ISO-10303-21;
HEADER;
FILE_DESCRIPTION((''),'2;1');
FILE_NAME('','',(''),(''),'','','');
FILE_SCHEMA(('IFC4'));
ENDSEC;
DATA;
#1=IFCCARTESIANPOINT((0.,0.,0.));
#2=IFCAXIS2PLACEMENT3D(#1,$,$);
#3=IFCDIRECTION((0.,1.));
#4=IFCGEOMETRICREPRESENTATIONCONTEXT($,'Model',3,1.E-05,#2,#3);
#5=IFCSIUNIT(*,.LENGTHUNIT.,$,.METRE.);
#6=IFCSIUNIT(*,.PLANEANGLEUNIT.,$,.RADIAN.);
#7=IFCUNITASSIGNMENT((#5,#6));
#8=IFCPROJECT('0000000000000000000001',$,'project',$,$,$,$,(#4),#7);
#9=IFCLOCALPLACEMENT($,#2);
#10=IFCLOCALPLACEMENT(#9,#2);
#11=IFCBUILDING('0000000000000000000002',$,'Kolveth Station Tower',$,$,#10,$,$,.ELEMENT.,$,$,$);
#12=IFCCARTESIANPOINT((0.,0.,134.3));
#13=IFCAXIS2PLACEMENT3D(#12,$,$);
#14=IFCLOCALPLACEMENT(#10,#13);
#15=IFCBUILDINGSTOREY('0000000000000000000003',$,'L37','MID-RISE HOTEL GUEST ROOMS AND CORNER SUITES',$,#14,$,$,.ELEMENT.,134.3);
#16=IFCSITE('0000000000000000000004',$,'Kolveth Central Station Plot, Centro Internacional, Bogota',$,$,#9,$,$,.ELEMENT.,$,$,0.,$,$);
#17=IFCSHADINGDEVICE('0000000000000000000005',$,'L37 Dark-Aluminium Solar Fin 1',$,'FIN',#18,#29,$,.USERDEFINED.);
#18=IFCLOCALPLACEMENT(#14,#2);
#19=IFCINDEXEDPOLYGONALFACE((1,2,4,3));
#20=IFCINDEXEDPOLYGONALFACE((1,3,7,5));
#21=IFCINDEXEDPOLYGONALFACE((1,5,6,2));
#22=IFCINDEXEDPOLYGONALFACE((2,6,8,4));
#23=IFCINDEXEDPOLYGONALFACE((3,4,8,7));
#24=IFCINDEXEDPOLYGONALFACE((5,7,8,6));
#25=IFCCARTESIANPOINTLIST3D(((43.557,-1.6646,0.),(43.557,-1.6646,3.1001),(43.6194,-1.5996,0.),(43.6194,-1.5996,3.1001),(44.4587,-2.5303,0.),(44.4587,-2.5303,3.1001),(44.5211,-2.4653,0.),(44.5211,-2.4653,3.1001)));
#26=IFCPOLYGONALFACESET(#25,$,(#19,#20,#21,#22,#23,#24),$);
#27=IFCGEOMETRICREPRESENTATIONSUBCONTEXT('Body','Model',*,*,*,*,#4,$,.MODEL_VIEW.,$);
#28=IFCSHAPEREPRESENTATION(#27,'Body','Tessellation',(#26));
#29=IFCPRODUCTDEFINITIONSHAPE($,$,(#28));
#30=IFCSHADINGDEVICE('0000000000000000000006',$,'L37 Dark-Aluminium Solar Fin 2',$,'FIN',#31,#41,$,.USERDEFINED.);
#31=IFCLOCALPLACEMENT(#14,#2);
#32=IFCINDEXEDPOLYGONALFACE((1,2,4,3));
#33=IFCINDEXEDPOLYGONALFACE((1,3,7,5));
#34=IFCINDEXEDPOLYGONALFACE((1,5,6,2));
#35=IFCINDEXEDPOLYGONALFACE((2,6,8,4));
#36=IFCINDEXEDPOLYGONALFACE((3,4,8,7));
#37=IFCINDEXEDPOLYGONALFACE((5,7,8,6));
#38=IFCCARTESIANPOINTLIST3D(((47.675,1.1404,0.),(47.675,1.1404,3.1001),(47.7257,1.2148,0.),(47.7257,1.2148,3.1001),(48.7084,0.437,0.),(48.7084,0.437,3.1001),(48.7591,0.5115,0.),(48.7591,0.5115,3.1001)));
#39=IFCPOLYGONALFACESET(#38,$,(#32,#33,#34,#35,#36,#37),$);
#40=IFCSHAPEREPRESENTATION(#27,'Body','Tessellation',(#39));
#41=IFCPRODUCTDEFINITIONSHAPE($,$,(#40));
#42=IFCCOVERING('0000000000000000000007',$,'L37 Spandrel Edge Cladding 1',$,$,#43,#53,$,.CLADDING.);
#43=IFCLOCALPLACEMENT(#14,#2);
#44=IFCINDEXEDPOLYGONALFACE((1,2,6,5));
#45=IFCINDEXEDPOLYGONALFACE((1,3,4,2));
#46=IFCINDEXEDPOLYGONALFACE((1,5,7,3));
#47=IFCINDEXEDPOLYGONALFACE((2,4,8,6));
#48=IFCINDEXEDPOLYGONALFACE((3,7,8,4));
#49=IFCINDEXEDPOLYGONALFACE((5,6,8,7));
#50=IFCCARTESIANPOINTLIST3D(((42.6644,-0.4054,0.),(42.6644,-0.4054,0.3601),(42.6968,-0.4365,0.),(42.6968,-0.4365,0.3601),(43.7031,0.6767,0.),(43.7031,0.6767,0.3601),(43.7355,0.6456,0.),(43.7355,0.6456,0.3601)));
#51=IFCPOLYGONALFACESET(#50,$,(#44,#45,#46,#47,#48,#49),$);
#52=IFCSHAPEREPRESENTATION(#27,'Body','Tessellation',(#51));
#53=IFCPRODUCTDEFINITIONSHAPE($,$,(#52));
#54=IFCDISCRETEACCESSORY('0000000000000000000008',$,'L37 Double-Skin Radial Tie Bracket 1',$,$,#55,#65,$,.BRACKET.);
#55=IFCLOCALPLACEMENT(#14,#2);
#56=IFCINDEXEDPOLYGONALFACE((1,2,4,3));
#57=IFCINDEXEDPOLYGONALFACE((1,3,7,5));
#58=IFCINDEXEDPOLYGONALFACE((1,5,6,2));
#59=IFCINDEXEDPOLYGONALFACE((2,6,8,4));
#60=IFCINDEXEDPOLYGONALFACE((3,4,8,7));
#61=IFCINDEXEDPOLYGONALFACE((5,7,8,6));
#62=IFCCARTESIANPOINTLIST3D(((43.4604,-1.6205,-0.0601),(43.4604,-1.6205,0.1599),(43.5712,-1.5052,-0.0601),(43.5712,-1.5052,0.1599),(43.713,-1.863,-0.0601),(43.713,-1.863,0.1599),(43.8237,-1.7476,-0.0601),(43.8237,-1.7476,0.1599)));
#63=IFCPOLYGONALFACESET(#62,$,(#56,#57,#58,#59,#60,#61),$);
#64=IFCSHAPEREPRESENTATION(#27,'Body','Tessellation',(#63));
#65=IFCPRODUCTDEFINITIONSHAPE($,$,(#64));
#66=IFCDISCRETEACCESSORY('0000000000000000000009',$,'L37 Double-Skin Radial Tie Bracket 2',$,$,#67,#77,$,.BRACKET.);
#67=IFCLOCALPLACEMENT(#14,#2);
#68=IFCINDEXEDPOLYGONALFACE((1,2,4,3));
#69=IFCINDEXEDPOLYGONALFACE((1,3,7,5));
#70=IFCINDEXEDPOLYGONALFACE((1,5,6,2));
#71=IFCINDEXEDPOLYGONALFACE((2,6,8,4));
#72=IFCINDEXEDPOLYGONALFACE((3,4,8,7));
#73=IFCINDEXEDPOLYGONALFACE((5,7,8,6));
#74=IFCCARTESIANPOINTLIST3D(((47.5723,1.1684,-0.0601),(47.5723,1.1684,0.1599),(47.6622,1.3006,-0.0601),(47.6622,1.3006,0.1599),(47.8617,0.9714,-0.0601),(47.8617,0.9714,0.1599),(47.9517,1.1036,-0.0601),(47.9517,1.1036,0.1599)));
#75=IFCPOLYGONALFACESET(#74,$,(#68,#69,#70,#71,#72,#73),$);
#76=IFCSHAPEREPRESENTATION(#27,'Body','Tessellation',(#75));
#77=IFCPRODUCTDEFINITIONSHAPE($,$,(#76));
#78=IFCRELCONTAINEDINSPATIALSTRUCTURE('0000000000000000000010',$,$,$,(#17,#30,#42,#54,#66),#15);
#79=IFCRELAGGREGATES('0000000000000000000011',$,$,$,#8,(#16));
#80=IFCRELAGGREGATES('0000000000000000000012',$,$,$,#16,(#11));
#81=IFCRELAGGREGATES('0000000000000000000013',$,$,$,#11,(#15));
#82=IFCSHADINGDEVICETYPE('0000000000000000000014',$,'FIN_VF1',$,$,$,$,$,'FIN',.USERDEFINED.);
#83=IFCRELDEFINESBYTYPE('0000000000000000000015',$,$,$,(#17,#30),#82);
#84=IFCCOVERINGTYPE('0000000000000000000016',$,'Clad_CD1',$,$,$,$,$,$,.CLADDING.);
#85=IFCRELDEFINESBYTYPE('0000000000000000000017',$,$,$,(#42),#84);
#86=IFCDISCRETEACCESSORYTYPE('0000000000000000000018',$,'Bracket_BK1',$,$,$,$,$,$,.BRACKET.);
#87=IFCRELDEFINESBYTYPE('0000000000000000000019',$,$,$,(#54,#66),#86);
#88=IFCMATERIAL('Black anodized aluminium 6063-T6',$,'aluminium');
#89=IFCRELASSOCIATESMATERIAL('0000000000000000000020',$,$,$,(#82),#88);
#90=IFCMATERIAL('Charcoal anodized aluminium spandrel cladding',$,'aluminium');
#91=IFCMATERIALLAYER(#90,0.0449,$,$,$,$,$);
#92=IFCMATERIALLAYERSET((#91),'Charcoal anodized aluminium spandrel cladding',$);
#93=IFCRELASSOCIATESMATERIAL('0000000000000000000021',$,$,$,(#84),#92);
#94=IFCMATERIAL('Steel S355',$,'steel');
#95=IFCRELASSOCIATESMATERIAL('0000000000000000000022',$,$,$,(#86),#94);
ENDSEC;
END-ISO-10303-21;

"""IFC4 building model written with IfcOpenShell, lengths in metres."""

from ifc_helpers import new_model, si_unit, direction, frame, origin, origin_2d, place, context, subcontext, project, spatial, rectangle, extrude, source, transform, mapped, material, layer, layer_set, type_object, element, save


model = new_model("IFC4")

# Units and contexts
model_context = context("Model", 3, precision=1e-05, world=origin(), true_north=direction((0.0, 1.0)))
body_context = subcontext(model_context, "Body", "Model", "MODEL_VIEW")
ifc_project = project(units=[si_unit("LENGTHUNIT", "METRE"), si_unit("PLANEANGLEUNIT", "RADIAN")], contexts=[model_context])

# Site, building, storey
site_placement = place(None, origin())
site = spatial("IfcSite", under=ifc_project, at=site_placement, Name="Kolveth Central Station Plot, Centro Internacional, Bogota", CompositionType="ELEMENT", RefElevation=0.0)
building_placement = place(site_placement, origin())
building = spatial("IfcBuilding", under=site, at=building_placement, Name="Kolveth Station Tower", CompositionType="ELEMENT")
storey_placement = place(building_placement, frame((0.0, 0.0, 134.3)))
storey = spatial("IfcBuildingStorey", under=building, at=storey_placement, Name="L37", Description="MID-RISE HOTEL GUEST ROOMS AND CORNER SUITES", CompositionType="ELEMENT", Elevation=134.3)

# Shared definitions
ifc_material_1 = material(Name="Steel S355", Category="steel")

# Shared definitions
ifc_material_2 = material(Name="Black anodized aluminium 6063-T6", Category="aluminium")

# Shading devices
shading_device_type = type_object("IfcShadingDeviceType", Name="FIN_VF1", ElementType="FIN", PredefinedType="USERDEFINED", material=ifc_material_2)
shared_shape_1 = source(origin(), body_context, "Body", "SweptSolid", [
    extrude(rectangle(XDim=1.25, YDim=0.0901, at=origin_2d()), origin(), (0.0, 0.0, 1.0), 3.1001),
])
for number, where, z_axis, x_axis, name in (
    (1, (44.0391, -2.0649, 0.0), (0.0, 0.0, 1.0), (0.721398, -0.692521, 0.0), "L37 Dark-Aluminium Solar Fin 1"),
    (2, (48.217, 0.8259, 0.0), (0.0, 0.0, 1.0), (0.826688, -0.562661, 0.0), "L37 Dark-Aluminium Solar Fin 2"),
):
    element("IfcShadingDevice", number, at=place(storey_placement, frame(where, z_axis=z_axis, x_axis=x_axis)), inside=storey, type_object=shading_device_type, Name=name, ObjectType="FIN", PredefinedType="USERDEFINED", context=body_context, shape_type="MappedRepresentation", body=[
        mapped(shared_shape_1, transform((0.0, 0.0, 0.0), x_axis=(1.0, 0.0, 0.0), y_axis=(0.0, 1.0, 0.0), z_axis=(0.0, 0.0, 1.0), scale=1.0)),
    ])

# Covering
ifc_material_3 = material(Name="Charcoal anodized aluminium spandrel cladding", Category="aluminium")
ifc_layer_1 = layer(ifc_material_3, 0.0449)
ifc_layer_set_1 = layer_set([ifc_layer_1], Name="Charcoal anodized aluminium spandrel cladding")
covering_type = type_object("IfcCoveringType", Name="Clad_CD1", PredefinedType="CLADDING", material=ifc_layer_set_1)
shared_shape_2 = source(origin(), body_context, "Body", "SweptSolid", [
    extrude(rectangle(XDim=1.5, YDim=0.0449, at=origin_2d()), origin(), (0.0, 0.0, 1.0), 0.3601),
])
covering_placement = place(storey_placement, frame((43.2, 0.1201, 0.0), z_axis=(0.0, 0.0, 1.0), x_axis=(0.692521, 0.721398, 0.0)))
element("IfcCovering", 3, at=covering_placement, inside=storey, type_object=covering_type, Name="L37 Spandrel Edge Cladding 1", PredefinedType="CLADDING", context=body_context, shape_type="MappedRepresentation", body=[
    mapped(shared_shape_2, transform((0.0, 0.0, 0.0), x_axis=(1.0, 0.0, 0.0), y_axis=(0.0, 1.0, 0.0), z_axis=(0.0, 0.0, 1.0), scale=1.0)),
])

# Discrete accessories
discrete_accessory_type = type_object("IfcDiscreteAccessoryType", Name="Bracket_BK1", PredefinedType="BRACKET", material=ifc_material_1)
shared_shape_3 = source(origin(), body_context, "Body", "SweptSolid", [
    extrude(rectangle(XDim=0.3501, YDim=0.1599, at=origin_2d()), origin(), (0.0, 0.0, 1.0), 0.22),
])
for number, where, z_axis, x_axis, name in (
    (4, (43.6421, -1.6841, -0.0601), (0.0, 0.0, 1.0), (0.721398, -0.692521, 0.0), "L37 Double-Skin Radial Tie Bracket 1"),
    (5, (47.762, 1.136, -0.0601), (0.0, 0.0, 1.0), (0.826688, -0.562661, 0.0), "L37 Double-Skin Radial Tie Bracket 2"),
):
    element("IfcDiscreteAccessory", number, at=place(storey_placement, frame(where, z_axis=z_axis, x_axis=x_axis)), inside=storey, type_object=discrete_accessory_type, Name=name, PredefinedType="BRACKET", context=body_context, shape_type="MappedRepresentation", body=[
        mapped(shared_shape_3, transform((0.0, 0.0, 0.0), x_axis=(1.0, 0.0, 0.0), y_axis=(0.0, 1.0, 0.0), z_axis=(0.0, 0.0, 1.0), scale=1.0)),
    ])

save(model, "model.ifc")
